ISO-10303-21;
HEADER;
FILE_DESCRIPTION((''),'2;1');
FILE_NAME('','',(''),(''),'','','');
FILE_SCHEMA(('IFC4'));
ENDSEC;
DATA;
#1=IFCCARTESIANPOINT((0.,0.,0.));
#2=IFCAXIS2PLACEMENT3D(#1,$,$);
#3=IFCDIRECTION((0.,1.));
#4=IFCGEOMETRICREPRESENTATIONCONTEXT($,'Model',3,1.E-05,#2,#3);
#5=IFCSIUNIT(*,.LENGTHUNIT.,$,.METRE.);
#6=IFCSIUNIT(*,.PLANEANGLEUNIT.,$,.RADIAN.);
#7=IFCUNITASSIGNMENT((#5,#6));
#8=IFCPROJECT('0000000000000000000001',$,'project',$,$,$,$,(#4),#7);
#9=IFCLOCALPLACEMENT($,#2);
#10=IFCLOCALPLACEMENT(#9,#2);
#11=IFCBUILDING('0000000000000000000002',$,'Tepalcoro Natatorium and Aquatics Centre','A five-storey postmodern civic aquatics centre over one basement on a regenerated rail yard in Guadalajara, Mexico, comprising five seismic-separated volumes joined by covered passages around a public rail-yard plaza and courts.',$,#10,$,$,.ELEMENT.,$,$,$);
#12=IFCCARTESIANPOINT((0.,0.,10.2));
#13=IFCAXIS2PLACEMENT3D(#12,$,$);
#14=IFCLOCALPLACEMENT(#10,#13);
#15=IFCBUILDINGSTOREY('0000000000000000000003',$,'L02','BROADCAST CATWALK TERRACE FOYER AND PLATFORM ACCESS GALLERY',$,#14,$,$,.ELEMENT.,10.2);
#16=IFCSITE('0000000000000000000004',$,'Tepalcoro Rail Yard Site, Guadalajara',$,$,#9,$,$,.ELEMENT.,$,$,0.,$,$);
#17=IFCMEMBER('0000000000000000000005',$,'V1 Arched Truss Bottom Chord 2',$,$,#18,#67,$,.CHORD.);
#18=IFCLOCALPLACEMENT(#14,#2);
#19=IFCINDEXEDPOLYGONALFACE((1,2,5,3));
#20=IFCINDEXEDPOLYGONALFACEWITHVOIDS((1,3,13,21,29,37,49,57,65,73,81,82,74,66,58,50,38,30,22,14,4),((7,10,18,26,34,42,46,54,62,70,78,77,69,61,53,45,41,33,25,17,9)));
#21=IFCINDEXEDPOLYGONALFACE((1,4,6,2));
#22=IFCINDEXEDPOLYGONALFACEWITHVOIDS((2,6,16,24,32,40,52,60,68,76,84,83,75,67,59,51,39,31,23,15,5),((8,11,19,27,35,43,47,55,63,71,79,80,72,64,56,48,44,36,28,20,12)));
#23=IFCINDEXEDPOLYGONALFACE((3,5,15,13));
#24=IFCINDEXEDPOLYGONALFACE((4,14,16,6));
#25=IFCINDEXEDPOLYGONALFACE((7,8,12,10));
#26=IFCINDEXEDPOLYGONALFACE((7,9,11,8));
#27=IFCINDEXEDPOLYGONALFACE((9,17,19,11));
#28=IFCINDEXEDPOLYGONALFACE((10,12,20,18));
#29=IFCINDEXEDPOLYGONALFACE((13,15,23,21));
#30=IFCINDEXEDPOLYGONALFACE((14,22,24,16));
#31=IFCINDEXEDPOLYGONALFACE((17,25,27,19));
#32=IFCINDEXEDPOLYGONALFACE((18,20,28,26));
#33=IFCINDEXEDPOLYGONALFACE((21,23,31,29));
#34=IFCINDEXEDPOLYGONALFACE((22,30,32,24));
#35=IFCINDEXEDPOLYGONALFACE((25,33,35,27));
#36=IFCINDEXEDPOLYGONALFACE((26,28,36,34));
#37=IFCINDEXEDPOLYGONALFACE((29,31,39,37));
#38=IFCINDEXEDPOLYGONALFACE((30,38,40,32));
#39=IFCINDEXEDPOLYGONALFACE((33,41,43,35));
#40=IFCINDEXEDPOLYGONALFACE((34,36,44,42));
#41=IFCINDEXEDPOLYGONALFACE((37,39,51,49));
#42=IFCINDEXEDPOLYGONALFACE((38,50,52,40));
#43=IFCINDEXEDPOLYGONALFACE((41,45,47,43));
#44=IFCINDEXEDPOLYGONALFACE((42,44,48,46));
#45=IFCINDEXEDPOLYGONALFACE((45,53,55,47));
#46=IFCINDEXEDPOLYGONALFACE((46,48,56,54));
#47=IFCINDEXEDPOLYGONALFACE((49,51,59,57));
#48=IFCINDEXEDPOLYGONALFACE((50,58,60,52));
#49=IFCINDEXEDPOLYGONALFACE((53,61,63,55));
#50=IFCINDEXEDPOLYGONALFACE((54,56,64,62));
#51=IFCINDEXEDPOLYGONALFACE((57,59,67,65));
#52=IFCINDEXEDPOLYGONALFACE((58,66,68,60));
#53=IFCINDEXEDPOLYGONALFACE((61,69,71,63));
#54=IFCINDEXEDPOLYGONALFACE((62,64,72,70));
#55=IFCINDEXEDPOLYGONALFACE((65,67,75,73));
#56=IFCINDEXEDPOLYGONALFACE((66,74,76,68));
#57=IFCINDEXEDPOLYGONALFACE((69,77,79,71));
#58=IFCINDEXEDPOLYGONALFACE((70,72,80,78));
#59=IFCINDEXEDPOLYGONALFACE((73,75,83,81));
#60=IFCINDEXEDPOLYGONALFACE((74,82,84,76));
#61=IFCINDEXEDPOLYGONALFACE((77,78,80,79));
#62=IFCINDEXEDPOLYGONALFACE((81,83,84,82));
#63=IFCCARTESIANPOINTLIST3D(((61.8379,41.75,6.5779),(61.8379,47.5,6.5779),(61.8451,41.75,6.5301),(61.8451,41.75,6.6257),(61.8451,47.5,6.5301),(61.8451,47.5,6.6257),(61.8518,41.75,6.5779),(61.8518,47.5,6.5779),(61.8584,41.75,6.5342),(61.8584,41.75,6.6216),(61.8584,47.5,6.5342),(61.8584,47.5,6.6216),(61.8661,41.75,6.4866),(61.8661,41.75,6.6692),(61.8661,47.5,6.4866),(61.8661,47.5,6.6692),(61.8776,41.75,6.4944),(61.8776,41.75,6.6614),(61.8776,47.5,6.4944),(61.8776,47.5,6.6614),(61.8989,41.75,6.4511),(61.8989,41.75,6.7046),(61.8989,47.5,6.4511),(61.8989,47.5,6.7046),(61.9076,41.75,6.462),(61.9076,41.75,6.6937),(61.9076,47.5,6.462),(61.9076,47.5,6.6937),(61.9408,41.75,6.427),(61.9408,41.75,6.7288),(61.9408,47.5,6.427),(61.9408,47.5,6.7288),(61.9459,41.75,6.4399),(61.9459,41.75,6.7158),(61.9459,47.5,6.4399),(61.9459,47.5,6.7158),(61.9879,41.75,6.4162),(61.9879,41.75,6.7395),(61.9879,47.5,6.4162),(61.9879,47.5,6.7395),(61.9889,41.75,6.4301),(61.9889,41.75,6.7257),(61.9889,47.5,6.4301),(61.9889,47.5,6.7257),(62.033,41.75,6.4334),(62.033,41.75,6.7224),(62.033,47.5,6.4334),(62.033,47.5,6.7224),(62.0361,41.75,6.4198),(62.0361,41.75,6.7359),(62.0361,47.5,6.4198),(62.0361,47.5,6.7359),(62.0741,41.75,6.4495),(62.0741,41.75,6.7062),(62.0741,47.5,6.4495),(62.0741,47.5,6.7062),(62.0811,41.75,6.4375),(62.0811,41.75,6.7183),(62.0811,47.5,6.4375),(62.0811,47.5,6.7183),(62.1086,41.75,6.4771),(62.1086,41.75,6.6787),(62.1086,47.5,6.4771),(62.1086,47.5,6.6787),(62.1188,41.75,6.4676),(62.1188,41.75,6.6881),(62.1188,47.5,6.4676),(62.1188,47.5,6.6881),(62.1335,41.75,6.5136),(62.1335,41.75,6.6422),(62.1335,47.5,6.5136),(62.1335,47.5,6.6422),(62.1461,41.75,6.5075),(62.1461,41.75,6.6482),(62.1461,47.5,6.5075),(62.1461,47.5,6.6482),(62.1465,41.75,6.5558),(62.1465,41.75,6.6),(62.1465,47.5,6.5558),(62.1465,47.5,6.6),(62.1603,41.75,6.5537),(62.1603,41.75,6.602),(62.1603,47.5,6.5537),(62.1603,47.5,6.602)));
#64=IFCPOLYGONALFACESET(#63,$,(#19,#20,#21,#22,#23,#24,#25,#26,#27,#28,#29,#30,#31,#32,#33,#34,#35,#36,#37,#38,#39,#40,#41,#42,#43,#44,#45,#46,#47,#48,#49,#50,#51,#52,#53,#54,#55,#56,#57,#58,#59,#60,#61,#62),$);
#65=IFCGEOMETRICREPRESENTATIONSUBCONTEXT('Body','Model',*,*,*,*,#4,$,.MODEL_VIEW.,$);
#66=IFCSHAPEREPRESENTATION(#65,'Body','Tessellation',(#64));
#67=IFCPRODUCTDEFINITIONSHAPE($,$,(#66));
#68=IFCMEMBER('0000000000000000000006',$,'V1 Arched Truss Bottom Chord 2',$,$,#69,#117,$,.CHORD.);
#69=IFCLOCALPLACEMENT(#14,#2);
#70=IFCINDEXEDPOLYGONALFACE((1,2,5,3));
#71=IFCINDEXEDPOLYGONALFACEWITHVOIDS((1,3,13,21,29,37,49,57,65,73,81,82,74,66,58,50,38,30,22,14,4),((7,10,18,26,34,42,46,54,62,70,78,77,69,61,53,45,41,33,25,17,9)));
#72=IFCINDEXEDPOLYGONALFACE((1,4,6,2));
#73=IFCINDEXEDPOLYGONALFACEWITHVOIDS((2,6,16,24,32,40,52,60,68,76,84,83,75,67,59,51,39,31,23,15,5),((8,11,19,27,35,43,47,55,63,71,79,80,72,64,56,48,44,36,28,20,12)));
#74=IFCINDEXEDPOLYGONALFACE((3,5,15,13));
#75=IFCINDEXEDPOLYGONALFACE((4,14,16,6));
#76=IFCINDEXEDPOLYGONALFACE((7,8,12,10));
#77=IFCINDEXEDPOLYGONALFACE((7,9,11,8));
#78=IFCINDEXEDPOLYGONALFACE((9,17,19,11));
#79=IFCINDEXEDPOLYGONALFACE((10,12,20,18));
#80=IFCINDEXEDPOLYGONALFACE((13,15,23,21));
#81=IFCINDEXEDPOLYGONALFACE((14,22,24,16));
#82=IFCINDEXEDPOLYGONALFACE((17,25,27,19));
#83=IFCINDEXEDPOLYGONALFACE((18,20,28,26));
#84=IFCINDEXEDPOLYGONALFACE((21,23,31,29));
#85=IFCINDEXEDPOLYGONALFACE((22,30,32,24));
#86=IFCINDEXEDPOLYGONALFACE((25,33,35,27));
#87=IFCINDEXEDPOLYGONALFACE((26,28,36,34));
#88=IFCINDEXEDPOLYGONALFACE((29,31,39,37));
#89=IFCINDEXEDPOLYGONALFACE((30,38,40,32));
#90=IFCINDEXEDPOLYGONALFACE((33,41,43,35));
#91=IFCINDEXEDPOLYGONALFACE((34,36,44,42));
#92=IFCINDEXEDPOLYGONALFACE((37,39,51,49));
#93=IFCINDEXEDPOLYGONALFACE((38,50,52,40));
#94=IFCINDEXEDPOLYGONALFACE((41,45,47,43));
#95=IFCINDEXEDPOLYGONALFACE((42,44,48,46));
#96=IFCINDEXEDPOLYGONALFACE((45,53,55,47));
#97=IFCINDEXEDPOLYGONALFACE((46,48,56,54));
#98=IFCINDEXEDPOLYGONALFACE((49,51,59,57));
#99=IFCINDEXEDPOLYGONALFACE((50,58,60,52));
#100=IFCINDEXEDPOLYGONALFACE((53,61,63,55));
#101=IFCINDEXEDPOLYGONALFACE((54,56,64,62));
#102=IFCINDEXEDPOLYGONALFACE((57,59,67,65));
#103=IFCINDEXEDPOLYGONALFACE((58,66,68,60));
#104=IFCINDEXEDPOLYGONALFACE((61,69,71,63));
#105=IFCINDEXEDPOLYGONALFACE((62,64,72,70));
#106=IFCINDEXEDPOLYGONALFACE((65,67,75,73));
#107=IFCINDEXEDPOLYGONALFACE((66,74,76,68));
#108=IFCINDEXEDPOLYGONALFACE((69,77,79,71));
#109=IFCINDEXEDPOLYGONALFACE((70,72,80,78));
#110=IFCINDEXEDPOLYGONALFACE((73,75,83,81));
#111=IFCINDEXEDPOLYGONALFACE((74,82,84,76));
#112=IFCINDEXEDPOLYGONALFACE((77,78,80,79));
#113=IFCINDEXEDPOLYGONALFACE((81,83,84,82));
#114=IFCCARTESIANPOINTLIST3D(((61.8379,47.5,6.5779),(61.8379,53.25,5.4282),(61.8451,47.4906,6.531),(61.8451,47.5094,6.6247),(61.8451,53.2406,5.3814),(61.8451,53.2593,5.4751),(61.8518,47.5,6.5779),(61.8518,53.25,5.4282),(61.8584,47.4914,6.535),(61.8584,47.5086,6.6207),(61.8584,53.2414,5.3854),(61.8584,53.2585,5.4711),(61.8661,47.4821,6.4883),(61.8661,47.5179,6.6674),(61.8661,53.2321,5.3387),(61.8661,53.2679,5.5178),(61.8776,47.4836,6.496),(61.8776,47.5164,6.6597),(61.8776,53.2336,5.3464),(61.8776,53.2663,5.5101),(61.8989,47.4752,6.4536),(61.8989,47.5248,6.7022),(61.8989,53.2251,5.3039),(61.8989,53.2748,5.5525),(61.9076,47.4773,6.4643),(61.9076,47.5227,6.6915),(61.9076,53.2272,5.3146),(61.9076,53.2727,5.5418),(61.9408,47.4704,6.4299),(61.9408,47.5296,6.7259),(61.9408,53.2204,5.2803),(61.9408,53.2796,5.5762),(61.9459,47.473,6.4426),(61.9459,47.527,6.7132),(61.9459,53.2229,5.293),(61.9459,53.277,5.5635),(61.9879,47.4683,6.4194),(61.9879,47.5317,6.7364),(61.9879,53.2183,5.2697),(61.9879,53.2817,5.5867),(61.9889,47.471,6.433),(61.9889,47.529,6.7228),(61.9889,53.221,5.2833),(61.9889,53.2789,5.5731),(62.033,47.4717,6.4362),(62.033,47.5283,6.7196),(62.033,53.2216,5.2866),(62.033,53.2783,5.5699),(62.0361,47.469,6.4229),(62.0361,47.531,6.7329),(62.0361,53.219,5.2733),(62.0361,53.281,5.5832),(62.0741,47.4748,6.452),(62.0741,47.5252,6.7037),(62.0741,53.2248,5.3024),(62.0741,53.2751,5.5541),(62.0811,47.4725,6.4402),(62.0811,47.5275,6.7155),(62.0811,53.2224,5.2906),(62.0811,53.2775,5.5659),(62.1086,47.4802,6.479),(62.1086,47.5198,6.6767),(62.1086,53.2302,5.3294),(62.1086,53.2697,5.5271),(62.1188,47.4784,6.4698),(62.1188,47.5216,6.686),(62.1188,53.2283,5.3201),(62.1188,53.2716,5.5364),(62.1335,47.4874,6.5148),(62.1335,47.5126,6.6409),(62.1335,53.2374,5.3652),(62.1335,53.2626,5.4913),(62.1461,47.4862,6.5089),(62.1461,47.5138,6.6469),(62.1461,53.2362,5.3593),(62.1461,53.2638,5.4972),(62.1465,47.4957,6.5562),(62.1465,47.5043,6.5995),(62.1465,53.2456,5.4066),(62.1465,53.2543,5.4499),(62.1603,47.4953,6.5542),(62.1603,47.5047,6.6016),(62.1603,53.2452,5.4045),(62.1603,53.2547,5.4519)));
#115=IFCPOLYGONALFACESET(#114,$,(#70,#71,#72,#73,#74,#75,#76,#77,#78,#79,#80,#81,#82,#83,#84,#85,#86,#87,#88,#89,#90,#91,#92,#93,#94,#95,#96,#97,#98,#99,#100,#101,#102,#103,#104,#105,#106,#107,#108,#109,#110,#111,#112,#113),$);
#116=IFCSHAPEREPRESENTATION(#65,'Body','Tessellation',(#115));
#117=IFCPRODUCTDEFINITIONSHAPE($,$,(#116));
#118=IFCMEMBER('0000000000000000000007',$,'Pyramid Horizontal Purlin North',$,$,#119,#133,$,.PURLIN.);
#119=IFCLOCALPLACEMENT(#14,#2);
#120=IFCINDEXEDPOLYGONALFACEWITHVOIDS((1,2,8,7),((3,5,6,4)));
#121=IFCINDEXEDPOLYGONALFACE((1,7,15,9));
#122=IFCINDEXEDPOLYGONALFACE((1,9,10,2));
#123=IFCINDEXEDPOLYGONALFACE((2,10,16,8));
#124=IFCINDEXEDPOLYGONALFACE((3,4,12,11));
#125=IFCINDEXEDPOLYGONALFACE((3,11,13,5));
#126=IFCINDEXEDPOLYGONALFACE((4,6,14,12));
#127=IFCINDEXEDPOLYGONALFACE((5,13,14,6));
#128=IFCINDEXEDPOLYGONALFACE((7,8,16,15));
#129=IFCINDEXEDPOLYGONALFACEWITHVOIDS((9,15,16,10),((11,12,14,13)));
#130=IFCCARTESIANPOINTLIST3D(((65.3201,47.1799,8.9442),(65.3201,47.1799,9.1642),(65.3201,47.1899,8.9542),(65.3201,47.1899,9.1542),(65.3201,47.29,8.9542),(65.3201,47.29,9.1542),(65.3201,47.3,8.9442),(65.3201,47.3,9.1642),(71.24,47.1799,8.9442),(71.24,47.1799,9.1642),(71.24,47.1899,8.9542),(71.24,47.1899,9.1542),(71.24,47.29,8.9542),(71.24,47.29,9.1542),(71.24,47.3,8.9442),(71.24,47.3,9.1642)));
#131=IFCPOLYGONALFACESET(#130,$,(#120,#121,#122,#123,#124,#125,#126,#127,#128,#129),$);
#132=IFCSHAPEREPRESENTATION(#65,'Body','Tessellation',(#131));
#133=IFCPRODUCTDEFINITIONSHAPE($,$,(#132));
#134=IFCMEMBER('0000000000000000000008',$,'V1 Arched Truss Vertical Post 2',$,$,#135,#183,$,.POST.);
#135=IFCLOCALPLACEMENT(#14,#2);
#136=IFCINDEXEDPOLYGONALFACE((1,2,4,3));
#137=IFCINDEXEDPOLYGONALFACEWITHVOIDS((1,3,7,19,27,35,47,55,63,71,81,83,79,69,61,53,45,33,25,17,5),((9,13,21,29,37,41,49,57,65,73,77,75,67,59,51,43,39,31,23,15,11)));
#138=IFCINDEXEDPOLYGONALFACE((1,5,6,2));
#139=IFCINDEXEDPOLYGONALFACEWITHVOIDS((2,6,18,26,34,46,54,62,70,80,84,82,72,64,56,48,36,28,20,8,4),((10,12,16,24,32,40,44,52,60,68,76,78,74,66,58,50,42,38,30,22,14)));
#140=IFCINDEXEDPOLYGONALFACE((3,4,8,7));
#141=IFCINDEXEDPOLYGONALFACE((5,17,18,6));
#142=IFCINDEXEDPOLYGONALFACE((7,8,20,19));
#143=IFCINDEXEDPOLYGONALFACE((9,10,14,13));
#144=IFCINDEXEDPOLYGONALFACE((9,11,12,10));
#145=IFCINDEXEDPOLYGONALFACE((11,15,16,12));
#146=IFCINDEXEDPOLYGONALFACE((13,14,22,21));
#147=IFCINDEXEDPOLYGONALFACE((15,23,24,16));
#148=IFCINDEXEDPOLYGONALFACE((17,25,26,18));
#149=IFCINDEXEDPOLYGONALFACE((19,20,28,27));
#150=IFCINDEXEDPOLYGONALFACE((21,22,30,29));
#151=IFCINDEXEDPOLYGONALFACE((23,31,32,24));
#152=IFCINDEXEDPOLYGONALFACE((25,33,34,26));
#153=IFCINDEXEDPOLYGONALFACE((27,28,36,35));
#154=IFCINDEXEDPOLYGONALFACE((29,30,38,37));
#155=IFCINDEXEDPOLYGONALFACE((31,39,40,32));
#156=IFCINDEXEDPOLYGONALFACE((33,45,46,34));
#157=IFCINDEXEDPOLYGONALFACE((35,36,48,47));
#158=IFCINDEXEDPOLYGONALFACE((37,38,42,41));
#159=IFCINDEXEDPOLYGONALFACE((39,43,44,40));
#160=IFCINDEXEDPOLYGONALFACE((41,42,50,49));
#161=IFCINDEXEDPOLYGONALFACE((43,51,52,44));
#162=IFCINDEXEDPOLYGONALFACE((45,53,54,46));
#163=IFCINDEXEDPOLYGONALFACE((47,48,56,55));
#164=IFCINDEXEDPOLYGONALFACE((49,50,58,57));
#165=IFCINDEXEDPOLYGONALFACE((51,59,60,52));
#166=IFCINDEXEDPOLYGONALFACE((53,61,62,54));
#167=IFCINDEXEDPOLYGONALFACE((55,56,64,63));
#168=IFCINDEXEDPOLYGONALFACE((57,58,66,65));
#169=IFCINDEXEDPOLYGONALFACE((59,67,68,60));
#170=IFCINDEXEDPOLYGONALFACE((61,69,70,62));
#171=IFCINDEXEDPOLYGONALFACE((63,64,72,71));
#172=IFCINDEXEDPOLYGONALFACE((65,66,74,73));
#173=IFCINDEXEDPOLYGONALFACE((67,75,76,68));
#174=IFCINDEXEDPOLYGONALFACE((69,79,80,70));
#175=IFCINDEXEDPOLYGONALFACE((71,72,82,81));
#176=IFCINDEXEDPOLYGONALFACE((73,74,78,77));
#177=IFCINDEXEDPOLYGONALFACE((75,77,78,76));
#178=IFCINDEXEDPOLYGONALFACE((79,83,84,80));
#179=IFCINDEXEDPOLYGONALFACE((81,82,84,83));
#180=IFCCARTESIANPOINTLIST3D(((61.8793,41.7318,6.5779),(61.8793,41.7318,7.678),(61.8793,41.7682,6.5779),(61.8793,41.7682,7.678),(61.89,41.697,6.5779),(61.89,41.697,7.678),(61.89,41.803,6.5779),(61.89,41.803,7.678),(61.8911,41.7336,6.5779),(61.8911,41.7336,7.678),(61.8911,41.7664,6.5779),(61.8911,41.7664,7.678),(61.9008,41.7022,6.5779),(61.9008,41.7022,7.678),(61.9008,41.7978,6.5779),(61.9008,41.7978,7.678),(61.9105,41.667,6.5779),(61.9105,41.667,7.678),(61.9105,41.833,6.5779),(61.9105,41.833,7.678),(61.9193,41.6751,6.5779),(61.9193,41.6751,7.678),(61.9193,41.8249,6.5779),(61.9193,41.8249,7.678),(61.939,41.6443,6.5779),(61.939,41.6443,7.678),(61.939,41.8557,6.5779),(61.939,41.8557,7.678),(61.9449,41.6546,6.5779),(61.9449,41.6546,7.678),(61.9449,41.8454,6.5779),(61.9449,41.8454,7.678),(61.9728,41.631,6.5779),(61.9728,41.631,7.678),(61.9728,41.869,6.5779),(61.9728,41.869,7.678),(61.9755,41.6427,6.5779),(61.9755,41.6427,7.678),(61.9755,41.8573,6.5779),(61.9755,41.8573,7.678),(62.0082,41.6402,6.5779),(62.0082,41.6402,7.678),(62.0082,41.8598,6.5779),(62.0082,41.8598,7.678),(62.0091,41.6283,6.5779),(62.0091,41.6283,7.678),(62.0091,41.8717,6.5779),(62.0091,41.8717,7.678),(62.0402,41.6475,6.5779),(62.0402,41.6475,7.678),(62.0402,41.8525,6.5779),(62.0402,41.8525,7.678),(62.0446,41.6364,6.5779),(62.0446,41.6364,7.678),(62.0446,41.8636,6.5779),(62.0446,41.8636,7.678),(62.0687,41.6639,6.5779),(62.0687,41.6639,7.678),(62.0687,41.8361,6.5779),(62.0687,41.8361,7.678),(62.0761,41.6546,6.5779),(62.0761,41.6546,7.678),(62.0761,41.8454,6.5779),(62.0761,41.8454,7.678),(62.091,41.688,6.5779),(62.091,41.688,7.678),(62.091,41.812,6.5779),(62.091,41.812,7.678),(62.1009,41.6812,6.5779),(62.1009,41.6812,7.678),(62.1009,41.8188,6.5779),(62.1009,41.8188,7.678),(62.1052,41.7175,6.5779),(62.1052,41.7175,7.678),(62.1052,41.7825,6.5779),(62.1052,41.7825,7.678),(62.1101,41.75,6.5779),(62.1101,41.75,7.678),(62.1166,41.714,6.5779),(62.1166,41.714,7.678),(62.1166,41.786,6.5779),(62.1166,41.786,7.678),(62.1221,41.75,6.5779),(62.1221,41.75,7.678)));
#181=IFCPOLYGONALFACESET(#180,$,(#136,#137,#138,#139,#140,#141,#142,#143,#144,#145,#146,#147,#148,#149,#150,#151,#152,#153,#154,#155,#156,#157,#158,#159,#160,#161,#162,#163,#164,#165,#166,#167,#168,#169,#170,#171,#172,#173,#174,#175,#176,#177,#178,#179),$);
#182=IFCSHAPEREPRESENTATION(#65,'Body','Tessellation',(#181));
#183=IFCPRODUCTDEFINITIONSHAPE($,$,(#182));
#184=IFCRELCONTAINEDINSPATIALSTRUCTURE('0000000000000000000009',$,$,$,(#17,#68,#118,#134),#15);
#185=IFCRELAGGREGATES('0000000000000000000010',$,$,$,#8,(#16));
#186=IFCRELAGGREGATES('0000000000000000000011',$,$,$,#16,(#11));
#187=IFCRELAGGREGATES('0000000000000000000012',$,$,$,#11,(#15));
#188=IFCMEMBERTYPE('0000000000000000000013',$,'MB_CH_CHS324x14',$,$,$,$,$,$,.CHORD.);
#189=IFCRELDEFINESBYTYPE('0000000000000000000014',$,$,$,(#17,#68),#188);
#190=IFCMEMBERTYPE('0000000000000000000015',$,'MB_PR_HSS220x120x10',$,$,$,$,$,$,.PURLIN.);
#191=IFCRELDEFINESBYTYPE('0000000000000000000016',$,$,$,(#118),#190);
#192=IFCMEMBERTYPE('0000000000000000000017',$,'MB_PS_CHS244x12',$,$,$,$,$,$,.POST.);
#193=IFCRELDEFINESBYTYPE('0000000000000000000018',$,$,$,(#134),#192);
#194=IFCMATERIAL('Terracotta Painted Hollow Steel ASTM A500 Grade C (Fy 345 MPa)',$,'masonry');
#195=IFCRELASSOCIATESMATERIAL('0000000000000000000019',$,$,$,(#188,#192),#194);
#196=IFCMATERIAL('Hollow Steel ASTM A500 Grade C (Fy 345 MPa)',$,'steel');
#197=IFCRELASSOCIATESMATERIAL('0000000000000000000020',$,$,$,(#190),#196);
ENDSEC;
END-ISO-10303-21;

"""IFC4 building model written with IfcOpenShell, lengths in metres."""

from ifc_helpers import new_model, si_unit, direction, frame, origin, origin_2d, place, context, subcontext, project, spatial, hollow_rectangle, hollow_circle, extrude, material, material_profile, profile_set, type_object, element, save


model = new_model("IFC4")

# Units and contexts
model_context = context("Model", 3, precision=1e-05, world=origin(), true_north=direction((0.0, 1.0)))
body_context = subcontext(model_context, "Body", "Model", "MODEL_VIEW")
ifc_project = project(units=[si_unit("LENGTHUNIT", "METRE"), si_unit("PLANEANGLEUNIT", "RADIAN")], contexts=[model_context])

# Site, building, storey
site_placement = place(None, origin())
site = spatial("IfcSite", under=ifc_project, at=site_placement, Name="Tepalcoro Rail Yard Site, Guadalajara", CompositionType="ELEMENT", RefElevation=0.0)
building_placement = place(site_placement, origin())
building = spatial("IfcBuilding", under=site, at=building_placement, Name="Tepalcoro Natatorium and Aquatics Centre", Description="A five-storey postmodern civic aquatics centre over one basement on a regenerated rail yard in Guadalajara, Mexico, comprising five seismic-separated volumes joined by covered passages around a public rail-yard plaza and courts.", CompositionType="ELEMENT")
storey_placement = place(building_placement, frame((0.0, 0.0, 10.2)))
storey = spatial("IfcBuildingStorey", under=building, at=storey_placement, Name="L02", Description="BROADCAST CATWALK TERRACE FOYER AND PLATFORM ACCESS GALLERY", CompositionType="ELEMENT", Elevation=10.2)

# Shared definitions
ifc_material_1 = material(Name="Terracotta Painted Hollow Steel ASTM A500 Grade C (Fy 345 MPa)", Category="masonry")

# Members
ifc_material_profile_1 = material_profile(ifc_material_1, hollow_circle(Radius=0.1621, WallThickness=0.0139, at=origin_2d()), Name="CHS324X14")
ifc_profile_set_1 = profile_set([ifc_material_profile_1], Name="Terracotta Painted Hollow Steel ASTM A500 Grade C (Fy 345 MPa)")
member_type_1 = type_object("IfcMemberType", Name="MB_CH_CHS324x14", PredefinedType="CHORD", material=ifc_profile_set_1)
member_1_placement = place(storey_placement, frame((62.0, 41.75, 6.5779), z_axis=(0.0, 1.0, 0.0), x_axis=(-1.0, 0.0, 0.0)))
element("IfcMember", 1, at=member_1_placement, inside=storey, type_object=member_type_1, Name="V1 Arched Truss Bottom Chord 2", PredefinedType="CHORD", context=body_context, shape_type="SweptSolid", body=[
    extrude(hollow_circle(Radius=0.1621, WallThickness=0.0139, at=origin_2d()), origin(), (0.0, 0.0, 1.0), 5.75),
])
member_2_placement = place(storey_placement, frame((62.0, 47.5, 6.5779), z_axis=(0.0, 0.980592, -0.19606), x_axis=(-1.0, 0.0, 0.0)))
element("IfcMember", 2, at=member_2_placement, inside=storey, type_object=member_type_1, Name="V1 Arched Truss Bottom Chord 2", PredefinedType="CHORD", context=body_context, shape_type="SweptSolid", body=[
    extrude(hollow_circle(Radius=0.1621, WallThickness=0.0139, at=origin_2d()), origin(), (0.0, 0.0, 1.0), 5.8638),
])
ifc_material_2 = material(Name="Hollow Steel ASTM A500 Grade C (Fy 345 MPa)", Category="steel")
ifc_material_profile_2 = material_profile(ifc_material_2, hollow_rectangle(XDim=0.1201, YDim=0.22, WallThickness=0.01, at=origin_2d()), Name="HSS220X120X10")
ifc_profile_set_2 = profile_set([ifc_material_profile_2], Name="Hollow Steel ASTM A500 Grade C (Fy 345 MPa)")
member_type_2 = type_object("IfcMemberType", Name="MB_PR_HSS220x120x10", PredefinedType="PURLIN", material=ifc_profile_set_2)
member_3_placement = place(storey_placement, frame((65.3201, 47.24, 9.0542), z_axis=(1.0, 0.0, 0.0), x_axis=(0.0, 1.0, 0.0)))
element("IfcMember", 3, at=member_3_placement, inside=storey, type_object=member_type_2, Name="Pyramid Horizontal Purlin North", PredefinedType="PURLIN", context=body_context, shape_type="SweptSolid", body=[
    extrude(hollow_rectangle(XDim=0.1201, YDim=0.22, WallThickness=0.01, at=origin_2d()), origin(), (0.0, 0.0, 1.0), 5.9199),
])
ifc_material_profile_3 = material_profile(ifc_material_1, hollow_circle(Radius=0.1221, WallThickness=0.012, at=origin_2d()), Name="CHS244X12")
ifc_profile_set_3 = profile_set([ifc_material_profile_3], Name="Terracotta Painted Hollow Steel ASTM A500 Grade C (Fy 345 MPa)")
member_type_3 = type_object("IfcMemberType", Name="MB_PS_CHS244x12", PredefinedType="POST", material=ifc_profile_set_3)
for number, where, z_axis, x_axis, name in (
    (4, (62.0, 41.75, 6.5779), (0.0, 0.0, 1.0), (1.0, 0.0, 0.0), "V1 Arched Truss Vertical Post 2"),
):
    element("IfcMember", number, at=place(storey_placement, frame(where, z_axis=z_axis, x_axis=x_axis)), inside=storey, type_object=member_type_3, Name=name, PredefinedType="POST", context=body_context, shape_type="SweptSolid", body=[
        extrude(hollow_circle(Radius=0.1221, WallThickness=0.012, at=origin_2d()), origin(), (0.0, 0.0, 1.0), 1.1001),
    ])

save(model, "model.ifc")
